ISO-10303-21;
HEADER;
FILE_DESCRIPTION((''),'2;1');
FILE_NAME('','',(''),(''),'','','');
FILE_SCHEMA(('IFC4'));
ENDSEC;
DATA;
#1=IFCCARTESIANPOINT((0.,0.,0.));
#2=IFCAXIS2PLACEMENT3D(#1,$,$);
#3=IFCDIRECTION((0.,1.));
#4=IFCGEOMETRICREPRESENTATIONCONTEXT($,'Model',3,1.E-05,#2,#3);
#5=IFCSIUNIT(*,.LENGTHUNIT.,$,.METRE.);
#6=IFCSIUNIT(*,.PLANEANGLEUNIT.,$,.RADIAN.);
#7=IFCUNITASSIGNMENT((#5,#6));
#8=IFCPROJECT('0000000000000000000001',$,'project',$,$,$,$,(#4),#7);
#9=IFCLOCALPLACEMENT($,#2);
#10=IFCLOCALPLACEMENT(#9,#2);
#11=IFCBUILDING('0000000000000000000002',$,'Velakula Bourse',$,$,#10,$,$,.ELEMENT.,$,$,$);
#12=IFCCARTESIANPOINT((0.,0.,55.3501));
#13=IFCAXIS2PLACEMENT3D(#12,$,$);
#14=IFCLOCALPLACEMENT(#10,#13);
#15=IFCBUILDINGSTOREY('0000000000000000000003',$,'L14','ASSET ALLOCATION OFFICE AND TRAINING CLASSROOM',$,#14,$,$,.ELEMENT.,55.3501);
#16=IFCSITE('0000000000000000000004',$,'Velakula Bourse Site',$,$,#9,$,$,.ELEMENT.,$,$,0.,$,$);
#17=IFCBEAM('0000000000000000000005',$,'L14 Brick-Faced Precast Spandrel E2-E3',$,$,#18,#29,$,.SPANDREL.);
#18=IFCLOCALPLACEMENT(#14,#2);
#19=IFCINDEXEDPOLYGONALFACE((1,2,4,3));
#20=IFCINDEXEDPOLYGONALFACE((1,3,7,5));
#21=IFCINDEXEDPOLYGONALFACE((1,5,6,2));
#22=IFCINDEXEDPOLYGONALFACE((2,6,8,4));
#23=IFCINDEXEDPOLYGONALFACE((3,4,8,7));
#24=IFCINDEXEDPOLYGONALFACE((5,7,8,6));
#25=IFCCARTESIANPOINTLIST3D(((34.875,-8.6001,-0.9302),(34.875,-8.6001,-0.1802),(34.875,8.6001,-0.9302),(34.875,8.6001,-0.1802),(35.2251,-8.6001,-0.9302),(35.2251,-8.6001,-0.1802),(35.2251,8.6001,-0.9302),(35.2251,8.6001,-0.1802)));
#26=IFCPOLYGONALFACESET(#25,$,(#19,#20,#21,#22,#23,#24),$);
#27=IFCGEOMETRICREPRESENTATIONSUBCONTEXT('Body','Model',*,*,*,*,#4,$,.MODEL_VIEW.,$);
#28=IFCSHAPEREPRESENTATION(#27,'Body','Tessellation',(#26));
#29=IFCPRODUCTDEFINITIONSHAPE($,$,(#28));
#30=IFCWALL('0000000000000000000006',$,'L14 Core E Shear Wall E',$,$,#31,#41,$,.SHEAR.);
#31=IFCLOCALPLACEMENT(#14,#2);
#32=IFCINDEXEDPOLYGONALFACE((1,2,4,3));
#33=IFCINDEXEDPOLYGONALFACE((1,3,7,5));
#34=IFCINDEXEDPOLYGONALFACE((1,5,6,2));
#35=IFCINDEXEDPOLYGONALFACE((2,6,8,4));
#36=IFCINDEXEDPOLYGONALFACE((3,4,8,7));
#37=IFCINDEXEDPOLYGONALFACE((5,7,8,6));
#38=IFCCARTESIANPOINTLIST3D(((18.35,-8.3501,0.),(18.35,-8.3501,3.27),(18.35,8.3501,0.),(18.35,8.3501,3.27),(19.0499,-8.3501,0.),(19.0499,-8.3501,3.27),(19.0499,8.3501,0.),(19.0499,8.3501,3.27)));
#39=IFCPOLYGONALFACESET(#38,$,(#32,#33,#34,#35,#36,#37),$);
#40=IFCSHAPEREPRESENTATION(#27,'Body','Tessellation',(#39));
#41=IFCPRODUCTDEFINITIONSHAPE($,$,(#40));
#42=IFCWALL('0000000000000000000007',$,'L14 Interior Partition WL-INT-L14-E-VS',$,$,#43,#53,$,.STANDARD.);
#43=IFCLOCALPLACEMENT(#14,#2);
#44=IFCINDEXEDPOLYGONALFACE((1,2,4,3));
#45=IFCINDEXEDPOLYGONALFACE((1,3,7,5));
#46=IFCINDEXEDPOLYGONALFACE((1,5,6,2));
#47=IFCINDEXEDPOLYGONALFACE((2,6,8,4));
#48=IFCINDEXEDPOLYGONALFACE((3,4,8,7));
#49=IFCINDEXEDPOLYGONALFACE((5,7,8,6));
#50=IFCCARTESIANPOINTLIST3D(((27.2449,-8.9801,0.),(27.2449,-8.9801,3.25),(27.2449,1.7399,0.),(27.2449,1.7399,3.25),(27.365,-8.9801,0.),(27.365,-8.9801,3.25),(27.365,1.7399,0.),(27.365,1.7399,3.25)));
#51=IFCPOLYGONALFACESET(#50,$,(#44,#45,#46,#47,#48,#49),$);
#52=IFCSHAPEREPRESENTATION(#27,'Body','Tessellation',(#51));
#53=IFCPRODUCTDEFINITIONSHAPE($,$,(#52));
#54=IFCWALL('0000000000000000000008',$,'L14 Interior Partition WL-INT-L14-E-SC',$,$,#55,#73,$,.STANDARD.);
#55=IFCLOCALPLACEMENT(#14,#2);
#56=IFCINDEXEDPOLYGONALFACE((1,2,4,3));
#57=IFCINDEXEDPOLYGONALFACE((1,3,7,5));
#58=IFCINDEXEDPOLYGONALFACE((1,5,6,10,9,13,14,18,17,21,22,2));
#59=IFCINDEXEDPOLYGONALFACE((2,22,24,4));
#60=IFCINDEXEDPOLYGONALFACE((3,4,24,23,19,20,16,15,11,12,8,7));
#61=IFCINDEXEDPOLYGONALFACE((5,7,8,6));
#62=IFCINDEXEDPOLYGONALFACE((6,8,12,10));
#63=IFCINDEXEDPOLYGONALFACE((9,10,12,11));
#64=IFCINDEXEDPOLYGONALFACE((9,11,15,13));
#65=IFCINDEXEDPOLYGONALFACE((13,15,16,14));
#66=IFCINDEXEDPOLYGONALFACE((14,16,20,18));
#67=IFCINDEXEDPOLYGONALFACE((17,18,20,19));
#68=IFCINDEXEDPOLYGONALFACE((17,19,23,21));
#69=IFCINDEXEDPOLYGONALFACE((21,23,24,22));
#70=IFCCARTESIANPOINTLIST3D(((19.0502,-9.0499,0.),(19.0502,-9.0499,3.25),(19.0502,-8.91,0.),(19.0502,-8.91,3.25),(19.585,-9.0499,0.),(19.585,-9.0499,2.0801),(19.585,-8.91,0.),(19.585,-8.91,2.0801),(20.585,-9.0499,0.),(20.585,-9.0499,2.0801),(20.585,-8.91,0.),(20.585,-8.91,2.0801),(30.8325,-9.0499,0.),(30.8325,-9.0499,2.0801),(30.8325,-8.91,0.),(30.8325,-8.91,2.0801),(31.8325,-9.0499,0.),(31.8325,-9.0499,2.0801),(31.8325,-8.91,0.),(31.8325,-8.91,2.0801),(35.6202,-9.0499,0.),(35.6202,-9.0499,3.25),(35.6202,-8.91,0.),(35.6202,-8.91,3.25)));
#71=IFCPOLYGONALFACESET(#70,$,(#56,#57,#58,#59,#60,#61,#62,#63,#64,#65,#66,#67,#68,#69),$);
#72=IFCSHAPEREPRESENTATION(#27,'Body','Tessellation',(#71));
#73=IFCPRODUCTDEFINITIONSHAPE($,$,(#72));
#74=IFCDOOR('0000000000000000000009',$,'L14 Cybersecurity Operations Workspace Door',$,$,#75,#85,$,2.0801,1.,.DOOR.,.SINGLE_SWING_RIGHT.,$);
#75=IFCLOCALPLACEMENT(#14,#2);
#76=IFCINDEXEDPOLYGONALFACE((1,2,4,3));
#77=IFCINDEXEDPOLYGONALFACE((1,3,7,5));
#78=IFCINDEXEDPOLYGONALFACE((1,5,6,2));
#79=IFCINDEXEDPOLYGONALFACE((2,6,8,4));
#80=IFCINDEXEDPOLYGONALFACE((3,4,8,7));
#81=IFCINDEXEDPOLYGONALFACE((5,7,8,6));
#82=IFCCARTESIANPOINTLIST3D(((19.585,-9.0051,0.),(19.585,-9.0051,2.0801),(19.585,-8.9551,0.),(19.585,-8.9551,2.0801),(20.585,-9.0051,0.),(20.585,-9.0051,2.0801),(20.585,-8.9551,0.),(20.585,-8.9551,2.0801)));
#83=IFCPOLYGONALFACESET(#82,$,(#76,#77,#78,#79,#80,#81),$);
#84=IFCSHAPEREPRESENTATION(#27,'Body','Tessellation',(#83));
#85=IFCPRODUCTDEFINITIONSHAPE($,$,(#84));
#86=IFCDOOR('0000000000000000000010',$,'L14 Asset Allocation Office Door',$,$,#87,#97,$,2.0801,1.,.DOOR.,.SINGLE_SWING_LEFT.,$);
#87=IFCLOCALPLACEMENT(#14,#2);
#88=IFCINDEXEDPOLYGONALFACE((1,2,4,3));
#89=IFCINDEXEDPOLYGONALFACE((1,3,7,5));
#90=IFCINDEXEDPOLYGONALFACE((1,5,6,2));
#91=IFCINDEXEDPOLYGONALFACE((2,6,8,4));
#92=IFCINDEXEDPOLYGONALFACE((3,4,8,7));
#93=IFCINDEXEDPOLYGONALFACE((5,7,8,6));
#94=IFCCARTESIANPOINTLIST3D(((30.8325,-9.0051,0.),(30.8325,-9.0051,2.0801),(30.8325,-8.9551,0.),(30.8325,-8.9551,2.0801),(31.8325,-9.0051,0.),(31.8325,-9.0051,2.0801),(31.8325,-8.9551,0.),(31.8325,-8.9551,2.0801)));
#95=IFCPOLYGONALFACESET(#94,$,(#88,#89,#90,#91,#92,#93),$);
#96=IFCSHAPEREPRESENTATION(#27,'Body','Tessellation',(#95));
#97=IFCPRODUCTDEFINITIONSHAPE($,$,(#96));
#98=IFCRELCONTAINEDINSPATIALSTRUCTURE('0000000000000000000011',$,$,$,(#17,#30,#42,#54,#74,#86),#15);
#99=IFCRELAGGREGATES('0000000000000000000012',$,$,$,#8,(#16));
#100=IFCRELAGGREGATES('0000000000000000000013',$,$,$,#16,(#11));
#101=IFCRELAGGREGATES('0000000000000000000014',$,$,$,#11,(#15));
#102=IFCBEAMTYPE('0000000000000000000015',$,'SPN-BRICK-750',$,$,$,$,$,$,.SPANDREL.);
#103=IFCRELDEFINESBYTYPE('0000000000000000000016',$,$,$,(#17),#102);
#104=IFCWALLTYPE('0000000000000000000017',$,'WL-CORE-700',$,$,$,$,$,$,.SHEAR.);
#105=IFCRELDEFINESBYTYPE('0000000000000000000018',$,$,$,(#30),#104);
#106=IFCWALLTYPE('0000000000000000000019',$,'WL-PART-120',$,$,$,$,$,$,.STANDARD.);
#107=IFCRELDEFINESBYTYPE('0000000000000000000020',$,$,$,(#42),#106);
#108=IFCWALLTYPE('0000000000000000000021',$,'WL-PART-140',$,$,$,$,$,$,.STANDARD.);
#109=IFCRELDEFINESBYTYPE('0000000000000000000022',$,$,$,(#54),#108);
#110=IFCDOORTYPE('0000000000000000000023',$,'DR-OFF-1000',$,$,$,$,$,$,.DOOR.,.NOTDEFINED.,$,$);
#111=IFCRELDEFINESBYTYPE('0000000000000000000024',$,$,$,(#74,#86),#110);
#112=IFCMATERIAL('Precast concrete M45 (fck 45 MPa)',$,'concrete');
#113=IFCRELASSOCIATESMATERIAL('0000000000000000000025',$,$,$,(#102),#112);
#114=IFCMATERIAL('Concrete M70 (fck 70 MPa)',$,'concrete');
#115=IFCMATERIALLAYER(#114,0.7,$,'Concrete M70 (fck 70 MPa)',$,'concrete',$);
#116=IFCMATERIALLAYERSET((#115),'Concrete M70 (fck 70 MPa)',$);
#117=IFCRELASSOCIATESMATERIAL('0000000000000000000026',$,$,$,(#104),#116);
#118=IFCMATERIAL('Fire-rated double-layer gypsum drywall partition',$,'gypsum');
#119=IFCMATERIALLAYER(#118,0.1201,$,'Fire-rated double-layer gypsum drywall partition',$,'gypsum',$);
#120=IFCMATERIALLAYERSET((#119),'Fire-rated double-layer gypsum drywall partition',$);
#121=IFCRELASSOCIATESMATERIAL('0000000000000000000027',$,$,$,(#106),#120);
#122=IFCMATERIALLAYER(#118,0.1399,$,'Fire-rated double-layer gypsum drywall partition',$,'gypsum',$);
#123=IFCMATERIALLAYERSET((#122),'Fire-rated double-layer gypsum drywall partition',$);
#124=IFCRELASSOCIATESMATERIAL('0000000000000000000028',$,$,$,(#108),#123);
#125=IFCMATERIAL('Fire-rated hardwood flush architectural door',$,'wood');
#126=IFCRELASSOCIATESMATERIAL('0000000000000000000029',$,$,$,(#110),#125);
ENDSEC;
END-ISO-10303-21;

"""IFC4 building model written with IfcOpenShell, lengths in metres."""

from ifc_helpers import new_model, si_unit, direction, frame, frame_2d, origin, origin_2d, place, context, subcontext, project, spatial, rectangle, extrude, material, layer, layer_set, material_profile, profile_set, type_object, element, fill, save


model = new_model("IFC4")

# Units and contexts
model_context = context("Model", 3, precision=1e-05, world=origin(), true_north=direction((0.0, 1.0)))
body_context = subcontext(model_context, "Body", "Model", "MODEL_VIEW")
ifc_project = project(units=[si_unit("LENGTHUNIT", "METRE"), si_unit("PLANEANGLEUNIT", "RADIAN")], contexts=[model_context])

# Site, building, storey
site_placement = place(None, origin())
site = spatial("IfcSite", under=ifc_project, at=site_placement, Name="Velakula Bourse Site", CompositionType="ELEMENT", RefElevation=0.0)
building_placement = place(site_placement, origin())
building = spatial("IfcBuilding", under=site, at=building_placement, Name="Velakula Bourse", CompositionType="ELEMENT")
storey_placement = place(building_placement, frame((0.0, 0.0, 55.3501)))
storey = spatial("IfcBuildingStorey", under=building, at=storey_placement, Name="L14", Description="ASSET ALLOCATION OFFICE AND TRAINING CLASSROOM", CompositionType="ELEMENT", Elevation=55.3501)

# Shared definitions
ifc_material_1 = material(Name="Concrete M70 (fck 70 MPa)", Category="concrete")

# Beam
ifc_material_2 = material(Name="Precast concrete M45 (fck 45 MPa)", Category="concrete")
ifc_material_profile_1 = material_profile(ifc_material_2, rectangle(XDim=0.3501, YDim=0.75, at=origin_2d()), Name="Precast concrete M45 (fck 45 MPa)")
ifc_profile_set_1 = profile_set([ifc_material_profile_1], Name="Precast concrete M45 (fck 45 MPa)")
beam_type_1 = type_object("IfcBeamType", Name="SPN-BRICK-750", PredefinedType="SPANDREL", material=ifc_profile_set_1)
beam_1_placement = place(storey_placement, frame((35.05, -8.6001, -0.5552), z_axis=(0.0, 1.0, 0.0), x_axis=(-1.0, 0.0, 0.0)))
element("IfcBeam", 1, at=beam_1_placement, inside=storey, type_object=beam_type_1, Name="L14 Brick-Faced Precast Spandrel E2-E3", PredefinedType="SPANDREL", context=body_context, shape_type="SweptSolid", body=[
    extrude(rectangle(XDim=0.3501, YDim=0.75, at=origin_2d()), origin(), (0.0, 0.0, 1.0), 17.2002),
])

# Walls
ifc_layer_1 = layer(ifc_material_1, 0.7, Name="Concrete M70 (fck 70 MPa)", Category="concrete")
ifc_layer_set_1 = layer_set([ifc_layer_1], Name="Concrete M70 (fck 70 MPa)")
wall_type_1 = type_object("IfcWallType", Name="WL-CORE-700", PredefinedType="SHEAR", material=ifc_layer_set_1)
wall_1_placement = place(storey_placement, frame((18.7, -8.3501, 0.0), z_axis=(0.0, 0.0, 1.0), x_axis=(0.0, 1.0, 0.0)))
element("IfcWall", 2, at=wall_1_placement, inside=storey, type_object=wall_type_1, Name="L14 Core E Shear Wall E", PredefinedType="SHEAR", context=body_context, shape_type="SweptSolid", body=[
    extrude(rectangle(XDim=16.7002, YDim=0.7, at=frame_2d((8.3501, 0.0))), origin(), (0.0, 0.0, 1.0), 3.27),
])
ifc_material_3 = material(Name="Fire-rated double-layer gypsum drywall partition", Category="gypsum")
ifc_layer_2 = layer(ifc_material_3, 0.1201, Name="Fire-rated double-layer gypsum drywall partition", Category="gypsum")
ifc_layer_set_2 = layer_set([ifc_layer_2], Name="Fire-rated double-layer gypsum drywall partition")
wall_type_2 = type_object("IfcWallType", Name="WL-PART-120", PredefinedType="STANDARD", material=ifc_layer_set_2)
wall_2_placement = place(storey_placement, frame((27.3049, -8.98, 0.0), z_axis=(0.0, 0.0, 1.0), x_axis=(0.0, 1.0, 0.0)))
element("IfcWall", 3, at=wall_2_placement, inside=storey, type_object=wall_type_2, Name="L14 Interior Partition WL-INT-L14-E-VS", PredefinedType="STANDARD", context=body_context, shape_type="SweptSolid", body=[
    extrude(rectangle(XDim=10.72, YDim=0.1201, at=frame_2d((5.3599, 0.0))), origin(), (0.0, 0.0, 1.0), 3.25),
])

# Wall, openings, doors
ifc_layer_3 = layer(ifc_material_3, 0.1399, Name="Fire-rated double-layer gypsum drywall partition", Category="gypsum")
ifc_layer_set_3 = layer_set([ifc_layer_3], Name="Fire-rated double-layer gypsum drywall partition")
wall_type_3 = type_object("IfcWallType", Name="WL-PART-140", PredefinedType="STANDARD", material=ifc_layer_set_3)
wall_3_placement = place(storey_placement, frame((19.05, -8.98, 0.0), z_axis=(0.0, 0.0, 1.0), x_axis=(1.0, 0.0, 0.0)))
wall_3 = element("IfcWall", 4, at=wall_3_placement, inside=storey, type_object=wall_type_3, Name="L14 Interior Partition WL-INT-L14-E-SC", PredefinedType="STANDARD", context=body_context, shape_type="SweptSolid", body=[
    extrude(rectangle(XDim=16.5701, YDim=0.1399, at=frame_2d((8.2852, 0.0))), origin(), (0.0, 0.0, 1.0), 3.25),
])
opening_1_placement = place(wall_3_placement, frame((0.5349, 0.0, 0.0)))
opening_1 = element("IfcOpeningElement", 5, at=opening_1_placement, cuts=wall_3, PredefinedType="OPENING", context=body_context, shape_type="SweptSolid", body=[
    extrude(rectangle(XDim=1.0, YDim=2.0801, at=frame_2d((0.5, 1.04))), frame((0.0, 0.0798, 0.0), z_axis=(0.0, -1.0, 0.0), x_axis=(1.0, 0.0, 0.0)), (0.0, 0.0, 1.0), 0.1599),
])
opening_2_placement = place(wall_3_placement, frame((11.7825, 0.0, 0.0)))
opening_2 = element("IfcOpeningElement", 6, at=opening_2_placement, cuts=wall_3, PredefinedType="OPENING", context=body_context, shape_type="SweptSolid", body=[
    extrude(rectangle(XDim=1.0, YDim=2.0801, at=frame_2d((0.5, 1.04))), frame((0.0, 0.0798, 0.0), z_axis=(0.0, -1.0, 0.0), x_axis=(1.0, 0.0, 0.0)), (0.0, 0.0, 1.0), 0.1599),
])
ifc_material_4 = material(Name="Fire-rated hardwood flush architectural door", Category="wood")
door_type = type_object("IfcDoorType", Name="DR-OFF-1000", OperationType="NOTDEFINED", PredefinedType="DOOR", material=ifc_material_4)
door_1_placement = place(opening_1_placement, origin())
door_1 = element("IfcDoor", 7, at=door_1_placement, inside=storey, type_object=door_type, Name="L14 Cybersecurity Operations Workspace Door", OperationType="SINGLE_SWING_RIGHT", OverallHeight=2.0801, OverallWidth=1.0, PredefinedType="DOOR", context=body_context, shape_type="SweptSolid", body=[
    extrude(rectangle(XDim=1.0, YDim=2.0801, at=frame_2d((0.5, 1.04))), frame((0.0, 0.0249, 0.0), z_axis=(0.0, -1.0, 0.0), x_axis=(1.0, 0.0, 0.0)), (0.0, 0.0, 1.0), 0.05),
])
fill(opening_1, door_1)
door_2_placement = place(opening_2_placement, origin())
door_2 = element("IfcDoor", 8, at=door_2_placement, inside=storey, type_object=door_type, Name="L14 Asset Allocation Office Door", OperationType="SINGLE_SWING_LEFT", OverallHeight=2.0801, OverallWidth=1.0, PredefinedType="DOOR", context=body_context, shape_type="SweptSolid", body=[
    extrude(rectangle(XDim=1.0, YDim=2.0801, at=frame_2d((0.5, 1.04))), frame((0.0, 0.0249, 0.0), z_axis=(0.0, -1.0, 0.0), x_axis=(1.0, 0.0, 0.0)), (0.0, 0.0, 1.0), 0.05),
])
fill(opening_2, door_2)

save(model, "model.ifc")
